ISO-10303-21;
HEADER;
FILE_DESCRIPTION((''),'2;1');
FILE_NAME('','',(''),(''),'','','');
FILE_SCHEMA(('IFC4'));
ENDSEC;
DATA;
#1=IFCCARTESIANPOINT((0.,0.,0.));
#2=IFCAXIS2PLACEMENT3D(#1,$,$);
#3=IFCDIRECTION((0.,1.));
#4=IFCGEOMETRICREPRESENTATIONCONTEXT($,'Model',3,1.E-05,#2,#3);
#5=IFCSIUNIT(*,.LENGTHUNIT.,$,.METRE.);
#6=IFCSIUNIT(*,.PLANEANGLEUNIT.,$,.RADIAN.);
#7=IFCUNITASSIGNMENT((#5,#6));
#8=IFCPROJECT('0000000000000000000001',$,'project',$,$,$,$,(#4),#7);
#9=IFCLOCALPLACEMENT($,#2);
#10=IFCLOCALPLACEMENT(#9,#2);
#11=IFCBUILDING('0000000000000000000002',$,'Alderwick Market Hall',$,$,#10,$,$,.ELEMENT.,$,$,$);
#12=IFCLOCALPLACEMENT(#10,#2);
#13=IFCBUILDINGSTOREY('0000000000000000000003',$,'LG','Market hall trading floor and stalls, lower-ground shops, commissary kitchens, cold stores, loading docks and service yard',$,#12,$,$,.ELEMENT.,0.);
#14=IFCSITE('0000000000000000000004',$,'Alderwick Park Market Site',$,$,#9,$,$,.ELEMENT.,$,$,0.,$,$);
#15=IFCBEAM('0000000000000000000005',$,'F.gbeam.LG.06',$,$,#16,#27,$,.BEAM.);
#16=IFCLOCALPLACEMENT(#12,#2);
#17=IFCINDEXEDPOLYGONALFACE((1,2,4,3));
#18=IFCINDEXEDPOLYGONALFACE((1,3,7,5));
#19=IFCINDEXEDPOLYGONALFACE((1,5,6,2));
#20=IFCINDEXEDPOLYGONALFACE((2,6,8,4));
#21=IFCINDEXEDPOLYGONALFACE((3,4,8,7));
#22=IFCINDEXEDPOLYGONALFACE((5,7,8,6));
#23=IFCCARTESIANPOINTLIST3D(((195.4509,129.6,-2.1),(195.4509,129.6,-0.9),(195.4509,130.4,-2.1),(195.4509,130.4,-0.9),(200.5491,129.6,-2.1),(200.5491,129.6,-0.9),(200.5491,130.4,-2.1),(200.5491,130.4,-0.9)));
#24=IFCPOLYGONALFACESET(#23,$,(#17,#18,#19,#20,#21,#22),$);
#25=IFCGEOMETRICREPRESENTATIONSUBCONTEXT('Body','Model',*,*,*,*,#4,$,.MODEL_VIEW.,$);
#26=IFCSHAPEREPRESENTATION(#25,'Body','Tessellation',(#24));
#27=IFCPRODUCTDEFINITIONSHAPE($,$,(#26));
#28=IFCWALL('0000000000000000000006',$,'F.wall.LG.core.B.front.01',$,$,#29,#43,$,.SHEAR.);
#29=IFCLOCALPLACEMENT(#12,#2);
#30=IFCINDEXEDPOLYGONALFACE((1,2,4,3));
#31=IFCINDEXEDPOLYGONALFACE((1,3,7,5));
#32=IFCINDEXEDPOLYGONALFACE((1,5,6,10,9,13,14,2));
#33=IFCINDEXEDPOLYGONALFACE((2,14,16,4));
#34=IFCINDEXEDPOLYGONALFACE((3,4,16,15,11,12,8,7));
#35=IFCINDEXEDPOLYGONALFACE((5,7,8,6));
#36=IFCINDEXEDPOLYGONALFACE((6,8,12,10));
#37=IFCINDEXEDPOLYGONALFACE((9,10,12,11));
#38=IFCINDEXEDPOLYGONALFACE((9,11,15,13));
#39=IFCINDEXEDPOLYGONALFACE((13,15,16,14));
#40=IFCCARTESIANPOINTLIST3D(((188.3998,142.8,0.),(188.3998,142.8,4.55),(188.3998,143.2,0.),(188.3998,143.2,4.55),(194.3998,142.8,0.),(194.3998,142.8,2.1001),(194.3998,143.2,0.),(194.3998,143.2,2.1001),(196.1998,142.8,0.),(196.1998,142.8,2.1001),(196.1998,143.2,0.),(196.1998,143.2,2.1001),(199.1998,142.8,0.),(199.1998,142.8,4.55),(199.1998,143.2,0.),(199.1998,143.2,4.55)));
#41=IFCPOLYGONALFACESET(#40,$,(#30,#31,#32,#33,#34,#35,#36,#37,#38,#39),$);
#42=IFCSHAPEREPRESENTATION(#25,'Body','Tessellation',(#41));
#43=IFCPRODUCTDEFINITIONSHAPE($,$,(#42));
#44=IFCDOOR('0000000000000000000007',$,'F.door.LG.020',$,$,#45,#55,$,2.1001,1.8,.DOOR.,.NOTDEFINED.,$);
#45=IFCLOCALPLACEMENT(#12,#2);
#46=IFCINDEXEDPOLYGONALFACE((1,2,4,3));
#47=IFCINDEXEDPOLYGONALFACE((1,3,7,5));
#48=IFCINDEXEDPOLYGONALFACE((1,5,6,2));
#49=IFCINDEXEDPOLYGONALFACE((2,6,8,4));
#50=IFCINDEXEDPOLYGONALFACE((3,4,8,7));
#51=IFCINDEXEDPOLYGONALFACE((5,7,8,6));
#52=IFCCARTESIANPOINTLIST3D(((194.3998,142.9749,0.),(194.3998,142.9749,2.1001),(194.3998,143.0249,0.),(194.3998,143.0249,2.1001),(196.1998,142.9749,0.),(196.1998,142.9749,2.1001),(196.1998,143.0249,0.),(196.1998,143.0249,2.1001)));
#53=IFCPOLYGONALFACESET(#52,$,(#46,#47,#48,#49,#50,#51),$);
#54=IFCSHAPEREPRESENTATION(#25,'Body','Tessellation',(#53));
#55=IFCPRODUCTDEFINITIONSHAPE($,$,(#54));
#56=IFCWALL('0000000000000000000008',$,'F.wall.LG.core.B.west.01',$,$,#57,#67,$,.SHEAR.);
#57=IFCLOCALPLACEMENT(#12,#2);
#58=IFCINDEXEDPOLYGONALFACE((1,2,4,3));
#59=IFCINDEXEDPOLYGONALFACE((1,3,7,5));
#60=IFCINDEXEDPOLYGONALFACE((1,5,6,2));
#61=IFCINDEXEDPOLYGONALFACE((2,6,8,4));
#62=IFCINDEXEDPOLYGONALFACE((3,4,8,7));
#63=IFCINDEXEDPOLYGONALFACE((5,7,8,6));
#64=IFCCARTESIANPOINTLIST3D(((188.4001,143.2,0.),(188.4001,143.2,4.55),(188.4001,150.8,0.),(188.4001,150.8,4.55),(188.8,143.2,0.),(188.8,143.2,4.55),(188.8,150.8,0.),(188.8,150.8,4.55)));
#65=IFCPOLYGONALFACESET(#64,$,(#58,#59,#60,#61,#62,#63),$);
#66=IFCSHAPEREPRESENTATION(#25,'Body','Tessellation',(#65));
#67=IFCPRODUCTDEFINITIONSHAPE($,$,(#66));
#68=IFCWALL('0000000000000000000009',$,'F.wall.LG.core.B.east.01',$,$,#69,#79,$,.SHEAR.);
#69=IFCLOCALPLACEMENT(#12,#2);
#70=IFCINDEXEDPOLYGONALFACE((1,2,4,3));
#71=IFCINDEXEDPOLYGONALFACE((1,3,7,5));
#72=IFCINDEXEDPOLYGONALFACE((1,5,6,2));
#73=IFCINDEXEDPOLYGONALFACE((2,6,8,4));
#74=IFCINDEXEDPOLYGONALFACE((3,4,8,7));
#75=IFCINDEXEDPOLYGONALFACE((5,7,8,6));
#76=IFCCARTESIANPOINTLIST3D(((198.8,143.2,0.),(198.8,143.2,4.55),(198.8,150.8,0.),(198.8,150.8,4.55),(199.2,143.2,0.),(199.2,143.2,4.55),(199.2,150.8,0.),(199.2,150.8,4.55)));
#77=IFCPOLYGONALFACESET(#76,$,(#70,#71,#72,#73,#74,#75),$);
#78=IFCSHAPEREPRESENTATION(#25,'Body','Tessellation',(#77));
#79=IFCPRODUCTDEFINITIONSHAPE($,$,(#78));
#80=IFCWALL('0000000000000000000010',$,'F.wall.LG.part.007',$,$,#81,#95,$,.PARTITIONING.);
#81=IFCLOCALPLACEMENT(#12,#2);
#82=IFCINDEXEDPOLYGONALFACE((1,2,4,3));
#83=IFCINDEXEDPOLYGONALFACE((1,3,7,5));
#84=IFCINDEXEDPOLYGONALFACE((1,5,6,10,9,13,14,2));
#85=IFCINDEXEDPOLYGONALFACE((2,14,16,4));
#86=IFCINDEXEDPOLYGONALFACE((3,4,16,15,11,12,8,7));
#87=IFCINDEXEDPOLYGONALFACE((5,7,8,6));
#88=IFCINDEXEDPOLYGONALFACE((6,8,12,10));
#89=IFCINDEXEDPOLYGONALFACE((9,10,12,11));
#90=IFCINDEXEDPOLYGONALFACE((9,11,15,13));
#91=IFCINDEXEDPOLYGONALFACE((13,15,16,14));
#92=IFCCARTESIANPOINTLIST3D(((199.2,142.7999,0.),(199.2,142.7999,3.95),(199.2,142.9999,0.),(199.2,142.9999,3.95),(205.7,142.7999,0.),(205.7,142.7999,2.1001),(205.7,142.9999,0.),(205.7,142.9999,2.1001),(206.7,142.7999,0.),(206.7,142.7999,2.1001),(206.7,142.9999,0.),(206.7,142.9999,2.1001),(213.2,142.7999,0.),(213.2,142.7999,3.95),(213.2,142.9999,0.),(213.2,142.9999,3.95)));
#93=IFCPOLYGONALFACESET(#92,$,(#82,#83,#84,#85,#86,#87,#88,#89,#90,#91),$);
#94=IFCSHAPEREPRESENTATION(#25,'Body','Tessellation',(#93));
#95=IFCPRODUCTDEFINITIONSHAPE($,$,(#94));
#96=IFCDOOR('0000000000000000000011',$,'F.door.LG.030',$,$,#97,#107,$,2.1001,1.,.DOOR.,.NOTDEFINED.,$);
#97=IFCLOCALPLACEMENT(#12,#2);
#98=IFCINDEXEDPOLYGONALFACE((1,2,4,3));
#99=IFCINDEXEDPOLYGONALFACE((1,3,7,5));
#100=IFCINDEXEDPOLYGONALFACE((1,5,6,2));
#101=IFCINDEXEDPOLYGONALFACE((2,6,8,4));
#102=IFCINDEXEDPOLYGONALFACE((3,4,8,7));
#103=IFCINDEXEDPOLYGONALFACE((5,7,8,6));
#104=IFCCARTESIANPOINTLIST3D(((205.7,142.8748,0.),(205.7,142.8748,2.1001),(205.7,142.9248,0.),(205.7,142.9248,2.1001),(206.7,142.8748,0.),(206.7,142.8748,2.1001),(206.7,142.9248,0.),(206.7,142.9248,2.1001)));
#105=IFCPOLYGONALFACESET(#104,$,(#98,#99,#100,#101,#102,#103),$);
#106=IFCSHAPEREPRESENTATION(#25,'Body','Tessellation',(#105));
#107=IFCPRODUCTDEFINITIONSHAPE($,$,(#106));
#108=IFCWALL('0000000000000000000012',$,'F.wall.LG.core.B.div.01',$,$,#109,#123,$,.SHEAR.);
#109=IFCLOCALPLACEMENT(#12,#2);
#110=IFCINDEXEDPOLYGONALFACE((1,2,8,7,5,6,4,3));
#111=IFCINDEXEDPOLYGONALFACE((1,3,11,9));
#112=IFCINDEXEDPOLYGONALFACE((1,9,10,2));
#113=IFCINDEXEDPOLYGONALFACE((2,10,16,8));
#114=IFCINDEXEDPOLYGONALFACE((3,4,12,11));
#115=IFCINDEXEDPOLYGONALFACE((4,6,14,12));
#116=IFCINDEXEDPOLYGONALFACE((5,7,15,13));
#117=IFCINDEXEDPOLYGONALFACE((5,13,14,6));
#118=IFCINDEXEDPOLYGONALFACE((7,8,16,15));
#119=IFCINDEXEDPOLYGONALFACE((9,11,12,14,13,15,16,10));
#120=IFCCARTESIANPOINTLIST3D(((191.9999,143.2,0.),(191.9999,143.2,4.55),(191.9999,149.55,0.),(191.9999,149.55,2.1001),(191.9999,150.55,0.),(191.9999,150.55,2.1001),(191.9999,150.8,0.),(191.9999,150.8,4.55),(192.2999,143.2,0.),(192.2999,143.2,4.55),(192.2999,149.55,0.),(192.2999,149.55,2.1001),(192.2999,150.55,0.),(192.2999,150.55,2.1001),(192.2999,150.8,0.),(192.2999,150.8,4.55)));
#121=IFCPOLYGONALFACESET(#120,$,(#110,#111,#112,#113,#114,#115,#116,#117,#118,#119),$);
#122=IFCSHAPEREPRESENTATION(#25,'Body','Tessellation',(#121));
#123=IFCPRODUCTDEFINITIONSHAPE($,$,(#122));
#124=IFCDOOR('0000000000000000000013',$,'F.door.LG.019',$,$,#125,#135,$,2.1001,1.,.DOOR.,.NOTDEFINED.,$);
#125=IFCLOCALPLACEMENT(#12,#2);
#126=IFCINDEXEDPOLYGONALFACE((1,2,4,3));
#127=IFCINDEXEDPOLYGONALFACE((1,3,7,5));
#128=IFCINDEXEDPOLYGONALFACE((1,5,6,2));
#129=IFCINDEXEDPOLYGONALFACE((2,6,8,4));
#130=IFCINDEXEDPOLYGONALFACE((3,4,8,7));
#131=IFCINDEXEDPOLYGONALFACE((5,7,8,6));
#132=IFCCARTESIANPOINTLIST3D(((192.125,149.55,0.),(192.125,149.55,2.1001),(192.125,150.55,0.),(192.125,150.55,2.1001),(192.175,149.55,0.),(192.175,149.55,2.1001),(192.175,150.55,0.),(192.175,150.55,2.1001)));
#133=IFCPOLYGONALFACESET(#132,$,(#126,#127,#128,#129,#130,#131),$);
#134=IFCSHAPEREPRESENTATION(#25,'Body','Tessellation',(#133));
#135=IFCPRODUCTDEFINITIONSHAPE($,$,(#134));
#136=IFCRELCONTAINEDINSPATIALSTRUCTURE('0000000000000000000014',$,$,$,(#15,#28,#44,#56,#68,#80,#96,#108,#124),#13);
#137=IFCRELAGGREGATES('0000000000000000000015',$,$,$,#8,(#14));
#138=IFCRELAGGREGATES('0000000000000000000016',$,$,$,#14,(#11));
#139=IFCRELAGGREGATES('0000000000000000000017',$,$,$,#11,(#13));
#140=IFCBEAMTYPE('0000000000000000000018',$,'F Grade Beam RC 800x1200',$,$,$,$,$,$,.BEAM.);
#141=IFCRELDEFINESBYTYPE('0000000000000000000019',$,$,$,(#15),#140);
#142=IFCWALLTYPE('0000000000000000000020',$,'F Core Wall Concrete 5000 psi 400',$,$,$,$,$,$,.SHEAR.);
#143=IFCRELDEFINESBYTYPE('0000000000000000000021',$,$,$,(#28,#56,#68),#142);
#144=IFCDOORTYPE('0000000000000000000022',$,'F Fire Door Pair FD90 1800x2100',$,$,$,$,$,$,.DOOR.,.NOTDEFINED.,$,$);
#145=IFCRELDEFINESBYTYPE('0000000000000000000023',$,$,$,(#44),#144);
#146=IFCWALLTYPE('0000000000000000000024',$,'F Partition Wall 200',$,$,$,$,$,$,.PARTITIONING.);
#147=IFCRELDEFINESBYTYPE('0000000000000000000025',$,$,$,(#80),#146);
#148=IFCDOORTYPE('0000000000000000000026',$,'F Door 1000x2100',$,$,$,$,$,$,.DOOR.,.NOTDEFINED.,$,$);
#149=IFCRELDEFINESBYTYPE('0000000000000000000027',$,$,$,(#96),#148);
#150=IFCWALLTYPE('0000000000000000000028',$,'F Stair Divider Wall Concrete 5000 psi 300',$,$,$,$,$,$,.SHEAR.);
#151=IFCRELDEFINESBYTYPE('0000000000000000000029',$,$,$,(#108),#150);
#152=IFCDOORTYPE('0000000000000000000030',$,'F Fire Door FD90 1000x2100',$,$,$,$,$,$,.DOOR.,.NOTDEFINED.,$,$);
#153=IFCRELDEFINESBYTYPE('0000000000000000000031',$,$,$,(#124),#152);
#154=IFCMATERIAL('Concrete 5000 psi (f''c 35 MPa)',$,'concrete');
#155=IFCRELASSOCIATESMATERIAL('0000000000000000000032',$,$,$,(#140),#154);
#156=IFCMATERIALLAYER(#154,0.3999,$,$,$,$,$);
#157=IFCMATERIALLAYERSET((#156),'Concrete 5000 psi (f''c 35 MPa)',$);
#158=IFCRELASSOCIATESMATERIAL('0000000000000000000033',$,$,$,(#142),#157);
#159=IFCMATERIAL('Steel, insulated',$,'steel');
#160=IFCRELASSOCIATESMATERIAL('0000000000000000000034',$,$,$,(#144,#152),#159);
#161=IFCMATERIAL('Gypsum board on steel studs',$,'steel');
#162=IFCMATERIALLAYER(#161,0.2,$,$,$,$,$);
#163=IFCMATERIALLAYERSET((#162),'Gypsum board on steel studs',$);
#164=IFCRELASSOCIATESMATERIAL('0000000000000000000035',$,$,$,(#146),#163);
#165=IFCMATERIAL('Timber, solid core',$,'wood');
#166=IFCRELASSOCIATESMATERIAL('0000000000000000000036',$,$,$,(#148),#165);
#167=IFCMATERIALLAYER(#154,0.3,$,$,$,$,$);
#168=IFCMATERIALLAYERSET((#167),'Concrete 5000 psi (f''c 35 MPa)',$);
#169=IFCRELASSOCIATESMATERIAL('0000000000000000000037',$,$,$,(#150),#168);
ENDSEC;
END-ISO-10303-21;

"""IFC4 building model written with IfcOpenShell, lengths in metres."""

from ifc_helpers import new_model, si_unit, direction, frame, frame_2d, origin, origin_2d, place, context, subcontext, project, spatial, rectangle, extrude, material, layer, layer_set, material_profile, profile_set, type_object, element, fill, save


model = new_model("IFC4")

# Units and contexts
model_context = context("Model", 3, precision=1e-05, world=origin(), true_north=direction((0.0, 1.0)))
body_context = subcontext(model_context, "Body", "Model", "MODEL_VIEW")
ifc_project = project(units=[si_unit("LENGTHUNIT", "METRE"), si_unit("PLANEANGLEUNIT", "RADIAN")], contexts=[model_context])

# Site, building, storey
site_placement = place(None, origin())
site = spatial("IfcSite", under=ifc_project, at=site_placement, Name="Alderwick Park Market Site", CompositionType="ELEMENT", RefElevation=0.0)
building_placement = place(site_placement, origin())
building = spatial("IfcBuilding", under=site, at=building_placement, Name="Alderwick Market Hall", CompositionType="ELEMENT")
storey_placement = place(building_placement, origin())
storey = spatial("IfcBuildingStorey", under=building, at=storey_placement, Name="LG", Description="Market hall trading floor and stalls, lower-ground shops, commissary kitchens, cold stores, loading docks and service yard", CompositionType="ELEMENT", Elevation=0.0)

# Shared definitions
ifc_material_1 = material(Name="Concrete 5000 psi (f'c 35 MPa)", Category="concrete")

# Beam
ifc_material_profile_1 = material_profile(ifc_material_1, rectangle(XDim=0.8, YDim=1.2, at=origin_2d()), Name="RC 800x1200")
ifc_profile_set_1 = profile_set([ifc_material_profile_1], Name="Concrete 5000 psi (f'c 35 MPa)")
beam_type_1 = type_object("IfcBeamType", Name="F Grade Beam RC 800x1200", PredefinedType="BEAM", material=ifc_profile_set_1)
for number, where, z_axis, x_axis, name in (
    (1, (195.4509, 130.0, -1.5), (1.0, 0.0, 0.0), (0.0, 1.0, 0.0), "F.gbeam.LG.06"),
):
    element("IfcBeam", number, at=place(storey_placement, frame(where, z_axis=z_axis, x_axis=x_axis)), inside=storey, type_object=beam_type_1, Name=name, PredefinedType="BEAM", context=body_context, shape_type="SweptSolid", body=[
        extrude(rectangle(XDim=0.8, YDim=1.2, at=origin_2d()), origin(), (0.0, 0.0, 1.0), 5.0981),
    ])

# Wall, opening, door
ifc_layer_1 = layer(ifc_material_1, 0.3999)
ifc_layer_set_1 = layer_set([ifc_layer_1], Name="Concrete 5000 psi (f'c 35 MPa)")
wall_type_1 = type_object("IfcWallType", Name="F Core Wall Concrete 5000 psi 400", PredefinedType="SHEAR", material=ifc_layer_set_1)
wall_1_placement = place(storey_placement, frame((188.3999, 143.0, 0.0), z_axis=(0.0, 0.0, 1.0), x_axis=(1.0, 0.0, 0.0)))
wall_1 = element("IfcWall", 2, at=wall_1_placement, inside=storey, type_object=wall_type_1, Name="F.wall.LG.core.B.front.01", PredefinedType="SHEAR", context=body_context, shape_type="SweptSolid", body=[
    extrude(rectangle(XDim=10.8, YDim=0.3999, at=frame_2d((5.3999, 0.0))), origin(), (0.0, 0.0, 1.0), 4.55),
])
opening_1_placement = place(wall_1_placement, frame((6.0, 0.0, 0.0)))
opening_1 = element("IfcOpeningElement", 3, at=opening_1_placement, cuts=wall_1, PredefinedType="OPENING", context=body_context, shape_type="SweptSolid", body=[
    extrude(rectangle(XDim=1.8, YDim=2.1001, at=frame_2d((0.8999, 1.05))), frame((0.0, 0.21, 0.0), z_axis=(0.0, -1.0, 0.0), x_axis=(1.0, 0.0, 0.0)), (0.0, 0.0, 1.0), 0.4199),
])
ifc_material_2 = material(Name="Steel, insulated", Category="steel")
door_type_1 = type_object("IfcDoorType", Name="F Fire Door Pair FD90 1800x2100", OperationType="NOTDEFINED", PredefinedType="DOOR", material=ifc_material_2)
door_1_placement = place(opening_1_placement, origin())
door_1 = element("IfcDoor", 4, at=door_1_placement, inside=storey, type_object=door_type_1, Name="F.door.LG.020", OperationType="NOTDEFINED", OverallHeight=2.1001, OverallWidth=1.8, PredefinedType="DOOR", context=body_context, shape_type="SweptSolid", body=[
    extrude(rectangle(XDim=1.8, YDim=2.1001, at=frame_2d((0.8999, 1.05))), frame((0.0, 0.0249, 0.0), z_axis=(0.0, -1.0, 0.0), x_axis=(1.0, 0.0, 0.0)), (0.0, 0.0, 1.0), 0.05),
])
fill(opening_1, door_1)

# Walls
for number, where, z_axis, x_axis, name in (
    (5, (188.6001, 143.2, 0.0), (0.0, 0.0, 1.0), (0.0, 1.0, 0.0), "F.wall.LG.core.B.west.01"),
    (6, (199.0, 143.2, 0.0), (0.0, 0.0, 1.0), (0.0, 1.0, 0.0), "F.wall.LG.core.B.east.01"),
):
    element("IfcWall", number, at=place(storey_placement, frame(where, z_axis=z_axis, x_axis=x_axis)), inside=storey, type_object=wall_type_1, Name=name, PredefinedType="SHEAR", context=body_context, shape_type="SweptSolid", body=[
        extrude(rectangle(XDim=7.6001, YDim=0.3999, at=frame_2d((3.8, 0.0))), origin(), (0.0, 0.0, 1.0), 4.55),
    ])

# Walls, openings, doors
ifc_material_3 = material(Name="Gypsum board on steel studs", Category="steel")
ifc_layer_2 = layer(ifc_material_3, 0.2)
ifc_layer_set_2 = layer_set([ifc_layer_2], Name="Gypsum board on steel studs")
wall_type_2 = type_object("IfcWallType", Name="F Partition Wall 200", PredefinedType="PARTITIONING", material=ifc_layer_set_2)
wall_2_placement = place(storey_placement, frame((199.2, 142.8999, 0.0), z_axis=(0.0, 0.0, 1.0), x_axis=(1.0, 0.0, 0.0)))
wall_2 = element("IfcWall", 7, at=wall_2_placement, inside=storey, type_object=wall_type_2, Name="F.wall.LG.part.007", PredefinedType="PARTITIONING", context=body_context, shape_type="SweptSolid", body=[
    extrude(rectangle(XDim=14.0, YDim=0.2, at=frame_2d((7.0, 0.0))), origin(), (0.0, 0.0, 1.0), 3.95),
])
opening_2_placement = place(wall_2_placement, frame((6.5, 0.0, 0.0)))
opening_2 = element("IfcOpeningElement", 8, at=opening_2_placement, cuts=wall_2, PredefinedType="OPENING", context=body_context, shape_type="SweptSolid", body=[
    extrude(rectangle(XDim=1.0, YDim=2.1001, at=frame_2d((0.5, 1.05))), frame((0.0, 0.1099, 0.0), z_axis=(0.0, -1.0, 0.0), x_axis=(1.0, 0.0, 0.0)), (0.0, 0.0, 1.0), 0.22),
])
ifc_material_4 = material(Name="Timber, solid core", Category="wood")
door_type_2 = type_object("IfcDoorType", Name="F Door 1000x2100", OperationType="NOTDEFINED", PredefinedType="DOOR", material=ifc_material_4)
door_2_placement = place(opening_2_placement, origin())
door_2 = element("IfcDoor", 9, at=door_2_placement, inside=storey, type_object=door_type_2, Name="F.door.LG.030", OperationType="NOTDEFINED", OverallHeight=2.1001, OverallWidth=1.0, PredefinedType="DOOR", context=body_context, shape_type="SweptSolid", body=[
    extrude(rectangle(XDim=1.0, YDim=2.1001, at=frame_2d((0.5, 1.05))), frame((0.0, 0.0249, 0.0), z_axis=(0.0, -1.0, 0.0), x_axis=(1.0, 0.0, 0.0)), (0.0, 0.0, 1.0), 0.05),
])
fill(opening_2, door_2)
ifc_layer_3 = layer(ifc_material_1, 0.3)
ifc_layer_set_3 = layer_set([ifc_layer_3], Name="Concrete 5000 psi (f'c 35 MPa)")
wall_type_3 = type_object("IfcWallType", Name="F Stair Divider Wall Concrete 5000 psi 300", PredefinedType="SHEAR", material=ifc_layer_set_3)
wall_3_placement = place(storey_placement, frame((192.1499, 143.2, 0.0), z_axis=(0.0, 0.0, 1.0), x_axis=(0.0, 1.0, 0.0)))
wall_3 = element("IfcWall", 10, at=wall_3_placement, inside=storey, type_object=wall_type_3, Name="F.wall.LG.core.B.div.01", PredefinedType="SHEAR", context=body_context, shape_type="SweptSolid", body=[
    extrude(rectangle(XDim=7.6001, YDim=0.3, at=frame_2d((3.8, 0.0))), origin(), (0.0, 0.0, 1.0), 4.55),
])
opening_3_placement = place(wall_3_placement, frame((6.3501, 0.0, 0.0)))
opening_3 = element("IfcOpeningElement", 11, at=opening_3_placement, cuts=wall_3, PredefinedType="OPENING", context=body_context, shape_type="SweptSolid", body=[
    extrude(rectangle(XDim=1.0, YDim=2.1001, at=frame_2d((0.5, 1.05))), frame((0.0, 0.1599, 0.0), z_axis=(0.0, -1.0, 0.0), x_axis=(1.0, 0.0, 0.0)), (0.0, 0.0, 1.0), 0.3201),
])
door_type_3 = type_object("IfcDoorType", Name="F Fire Door FD90 1000x2100", OperationType="NOTDEFINED", PredefinedType="DOOR", material=ifc_material_2)
door_3_placement = place(opening_3_placement, origin())
door_3 = element("IfcDoor", 12, at=door_3_placement, inside=storey, type_object=door_type_3, Name="F.door.LG.019", OperationType="NOTDEFINED", OverallHeight=2.1001, OverallWidth=1.0, PredefinedType="DOOR", context=body_context, shape_type="SweptSolid", body=[
    extrude(rectangle(XDim=1.0, YDim=2.1001, at=frame_2d((0.5, 1.05))), frame((0.0, 0.0249, 0.0), z_axis=(0.0, -1.0, 0.0), x_axis=(1.0, 0.0, 0.0)), (0.0, 0.0, 1.0), 0.05),
])
fill(opening_3, door_3)

save(model, "model.ifc")
